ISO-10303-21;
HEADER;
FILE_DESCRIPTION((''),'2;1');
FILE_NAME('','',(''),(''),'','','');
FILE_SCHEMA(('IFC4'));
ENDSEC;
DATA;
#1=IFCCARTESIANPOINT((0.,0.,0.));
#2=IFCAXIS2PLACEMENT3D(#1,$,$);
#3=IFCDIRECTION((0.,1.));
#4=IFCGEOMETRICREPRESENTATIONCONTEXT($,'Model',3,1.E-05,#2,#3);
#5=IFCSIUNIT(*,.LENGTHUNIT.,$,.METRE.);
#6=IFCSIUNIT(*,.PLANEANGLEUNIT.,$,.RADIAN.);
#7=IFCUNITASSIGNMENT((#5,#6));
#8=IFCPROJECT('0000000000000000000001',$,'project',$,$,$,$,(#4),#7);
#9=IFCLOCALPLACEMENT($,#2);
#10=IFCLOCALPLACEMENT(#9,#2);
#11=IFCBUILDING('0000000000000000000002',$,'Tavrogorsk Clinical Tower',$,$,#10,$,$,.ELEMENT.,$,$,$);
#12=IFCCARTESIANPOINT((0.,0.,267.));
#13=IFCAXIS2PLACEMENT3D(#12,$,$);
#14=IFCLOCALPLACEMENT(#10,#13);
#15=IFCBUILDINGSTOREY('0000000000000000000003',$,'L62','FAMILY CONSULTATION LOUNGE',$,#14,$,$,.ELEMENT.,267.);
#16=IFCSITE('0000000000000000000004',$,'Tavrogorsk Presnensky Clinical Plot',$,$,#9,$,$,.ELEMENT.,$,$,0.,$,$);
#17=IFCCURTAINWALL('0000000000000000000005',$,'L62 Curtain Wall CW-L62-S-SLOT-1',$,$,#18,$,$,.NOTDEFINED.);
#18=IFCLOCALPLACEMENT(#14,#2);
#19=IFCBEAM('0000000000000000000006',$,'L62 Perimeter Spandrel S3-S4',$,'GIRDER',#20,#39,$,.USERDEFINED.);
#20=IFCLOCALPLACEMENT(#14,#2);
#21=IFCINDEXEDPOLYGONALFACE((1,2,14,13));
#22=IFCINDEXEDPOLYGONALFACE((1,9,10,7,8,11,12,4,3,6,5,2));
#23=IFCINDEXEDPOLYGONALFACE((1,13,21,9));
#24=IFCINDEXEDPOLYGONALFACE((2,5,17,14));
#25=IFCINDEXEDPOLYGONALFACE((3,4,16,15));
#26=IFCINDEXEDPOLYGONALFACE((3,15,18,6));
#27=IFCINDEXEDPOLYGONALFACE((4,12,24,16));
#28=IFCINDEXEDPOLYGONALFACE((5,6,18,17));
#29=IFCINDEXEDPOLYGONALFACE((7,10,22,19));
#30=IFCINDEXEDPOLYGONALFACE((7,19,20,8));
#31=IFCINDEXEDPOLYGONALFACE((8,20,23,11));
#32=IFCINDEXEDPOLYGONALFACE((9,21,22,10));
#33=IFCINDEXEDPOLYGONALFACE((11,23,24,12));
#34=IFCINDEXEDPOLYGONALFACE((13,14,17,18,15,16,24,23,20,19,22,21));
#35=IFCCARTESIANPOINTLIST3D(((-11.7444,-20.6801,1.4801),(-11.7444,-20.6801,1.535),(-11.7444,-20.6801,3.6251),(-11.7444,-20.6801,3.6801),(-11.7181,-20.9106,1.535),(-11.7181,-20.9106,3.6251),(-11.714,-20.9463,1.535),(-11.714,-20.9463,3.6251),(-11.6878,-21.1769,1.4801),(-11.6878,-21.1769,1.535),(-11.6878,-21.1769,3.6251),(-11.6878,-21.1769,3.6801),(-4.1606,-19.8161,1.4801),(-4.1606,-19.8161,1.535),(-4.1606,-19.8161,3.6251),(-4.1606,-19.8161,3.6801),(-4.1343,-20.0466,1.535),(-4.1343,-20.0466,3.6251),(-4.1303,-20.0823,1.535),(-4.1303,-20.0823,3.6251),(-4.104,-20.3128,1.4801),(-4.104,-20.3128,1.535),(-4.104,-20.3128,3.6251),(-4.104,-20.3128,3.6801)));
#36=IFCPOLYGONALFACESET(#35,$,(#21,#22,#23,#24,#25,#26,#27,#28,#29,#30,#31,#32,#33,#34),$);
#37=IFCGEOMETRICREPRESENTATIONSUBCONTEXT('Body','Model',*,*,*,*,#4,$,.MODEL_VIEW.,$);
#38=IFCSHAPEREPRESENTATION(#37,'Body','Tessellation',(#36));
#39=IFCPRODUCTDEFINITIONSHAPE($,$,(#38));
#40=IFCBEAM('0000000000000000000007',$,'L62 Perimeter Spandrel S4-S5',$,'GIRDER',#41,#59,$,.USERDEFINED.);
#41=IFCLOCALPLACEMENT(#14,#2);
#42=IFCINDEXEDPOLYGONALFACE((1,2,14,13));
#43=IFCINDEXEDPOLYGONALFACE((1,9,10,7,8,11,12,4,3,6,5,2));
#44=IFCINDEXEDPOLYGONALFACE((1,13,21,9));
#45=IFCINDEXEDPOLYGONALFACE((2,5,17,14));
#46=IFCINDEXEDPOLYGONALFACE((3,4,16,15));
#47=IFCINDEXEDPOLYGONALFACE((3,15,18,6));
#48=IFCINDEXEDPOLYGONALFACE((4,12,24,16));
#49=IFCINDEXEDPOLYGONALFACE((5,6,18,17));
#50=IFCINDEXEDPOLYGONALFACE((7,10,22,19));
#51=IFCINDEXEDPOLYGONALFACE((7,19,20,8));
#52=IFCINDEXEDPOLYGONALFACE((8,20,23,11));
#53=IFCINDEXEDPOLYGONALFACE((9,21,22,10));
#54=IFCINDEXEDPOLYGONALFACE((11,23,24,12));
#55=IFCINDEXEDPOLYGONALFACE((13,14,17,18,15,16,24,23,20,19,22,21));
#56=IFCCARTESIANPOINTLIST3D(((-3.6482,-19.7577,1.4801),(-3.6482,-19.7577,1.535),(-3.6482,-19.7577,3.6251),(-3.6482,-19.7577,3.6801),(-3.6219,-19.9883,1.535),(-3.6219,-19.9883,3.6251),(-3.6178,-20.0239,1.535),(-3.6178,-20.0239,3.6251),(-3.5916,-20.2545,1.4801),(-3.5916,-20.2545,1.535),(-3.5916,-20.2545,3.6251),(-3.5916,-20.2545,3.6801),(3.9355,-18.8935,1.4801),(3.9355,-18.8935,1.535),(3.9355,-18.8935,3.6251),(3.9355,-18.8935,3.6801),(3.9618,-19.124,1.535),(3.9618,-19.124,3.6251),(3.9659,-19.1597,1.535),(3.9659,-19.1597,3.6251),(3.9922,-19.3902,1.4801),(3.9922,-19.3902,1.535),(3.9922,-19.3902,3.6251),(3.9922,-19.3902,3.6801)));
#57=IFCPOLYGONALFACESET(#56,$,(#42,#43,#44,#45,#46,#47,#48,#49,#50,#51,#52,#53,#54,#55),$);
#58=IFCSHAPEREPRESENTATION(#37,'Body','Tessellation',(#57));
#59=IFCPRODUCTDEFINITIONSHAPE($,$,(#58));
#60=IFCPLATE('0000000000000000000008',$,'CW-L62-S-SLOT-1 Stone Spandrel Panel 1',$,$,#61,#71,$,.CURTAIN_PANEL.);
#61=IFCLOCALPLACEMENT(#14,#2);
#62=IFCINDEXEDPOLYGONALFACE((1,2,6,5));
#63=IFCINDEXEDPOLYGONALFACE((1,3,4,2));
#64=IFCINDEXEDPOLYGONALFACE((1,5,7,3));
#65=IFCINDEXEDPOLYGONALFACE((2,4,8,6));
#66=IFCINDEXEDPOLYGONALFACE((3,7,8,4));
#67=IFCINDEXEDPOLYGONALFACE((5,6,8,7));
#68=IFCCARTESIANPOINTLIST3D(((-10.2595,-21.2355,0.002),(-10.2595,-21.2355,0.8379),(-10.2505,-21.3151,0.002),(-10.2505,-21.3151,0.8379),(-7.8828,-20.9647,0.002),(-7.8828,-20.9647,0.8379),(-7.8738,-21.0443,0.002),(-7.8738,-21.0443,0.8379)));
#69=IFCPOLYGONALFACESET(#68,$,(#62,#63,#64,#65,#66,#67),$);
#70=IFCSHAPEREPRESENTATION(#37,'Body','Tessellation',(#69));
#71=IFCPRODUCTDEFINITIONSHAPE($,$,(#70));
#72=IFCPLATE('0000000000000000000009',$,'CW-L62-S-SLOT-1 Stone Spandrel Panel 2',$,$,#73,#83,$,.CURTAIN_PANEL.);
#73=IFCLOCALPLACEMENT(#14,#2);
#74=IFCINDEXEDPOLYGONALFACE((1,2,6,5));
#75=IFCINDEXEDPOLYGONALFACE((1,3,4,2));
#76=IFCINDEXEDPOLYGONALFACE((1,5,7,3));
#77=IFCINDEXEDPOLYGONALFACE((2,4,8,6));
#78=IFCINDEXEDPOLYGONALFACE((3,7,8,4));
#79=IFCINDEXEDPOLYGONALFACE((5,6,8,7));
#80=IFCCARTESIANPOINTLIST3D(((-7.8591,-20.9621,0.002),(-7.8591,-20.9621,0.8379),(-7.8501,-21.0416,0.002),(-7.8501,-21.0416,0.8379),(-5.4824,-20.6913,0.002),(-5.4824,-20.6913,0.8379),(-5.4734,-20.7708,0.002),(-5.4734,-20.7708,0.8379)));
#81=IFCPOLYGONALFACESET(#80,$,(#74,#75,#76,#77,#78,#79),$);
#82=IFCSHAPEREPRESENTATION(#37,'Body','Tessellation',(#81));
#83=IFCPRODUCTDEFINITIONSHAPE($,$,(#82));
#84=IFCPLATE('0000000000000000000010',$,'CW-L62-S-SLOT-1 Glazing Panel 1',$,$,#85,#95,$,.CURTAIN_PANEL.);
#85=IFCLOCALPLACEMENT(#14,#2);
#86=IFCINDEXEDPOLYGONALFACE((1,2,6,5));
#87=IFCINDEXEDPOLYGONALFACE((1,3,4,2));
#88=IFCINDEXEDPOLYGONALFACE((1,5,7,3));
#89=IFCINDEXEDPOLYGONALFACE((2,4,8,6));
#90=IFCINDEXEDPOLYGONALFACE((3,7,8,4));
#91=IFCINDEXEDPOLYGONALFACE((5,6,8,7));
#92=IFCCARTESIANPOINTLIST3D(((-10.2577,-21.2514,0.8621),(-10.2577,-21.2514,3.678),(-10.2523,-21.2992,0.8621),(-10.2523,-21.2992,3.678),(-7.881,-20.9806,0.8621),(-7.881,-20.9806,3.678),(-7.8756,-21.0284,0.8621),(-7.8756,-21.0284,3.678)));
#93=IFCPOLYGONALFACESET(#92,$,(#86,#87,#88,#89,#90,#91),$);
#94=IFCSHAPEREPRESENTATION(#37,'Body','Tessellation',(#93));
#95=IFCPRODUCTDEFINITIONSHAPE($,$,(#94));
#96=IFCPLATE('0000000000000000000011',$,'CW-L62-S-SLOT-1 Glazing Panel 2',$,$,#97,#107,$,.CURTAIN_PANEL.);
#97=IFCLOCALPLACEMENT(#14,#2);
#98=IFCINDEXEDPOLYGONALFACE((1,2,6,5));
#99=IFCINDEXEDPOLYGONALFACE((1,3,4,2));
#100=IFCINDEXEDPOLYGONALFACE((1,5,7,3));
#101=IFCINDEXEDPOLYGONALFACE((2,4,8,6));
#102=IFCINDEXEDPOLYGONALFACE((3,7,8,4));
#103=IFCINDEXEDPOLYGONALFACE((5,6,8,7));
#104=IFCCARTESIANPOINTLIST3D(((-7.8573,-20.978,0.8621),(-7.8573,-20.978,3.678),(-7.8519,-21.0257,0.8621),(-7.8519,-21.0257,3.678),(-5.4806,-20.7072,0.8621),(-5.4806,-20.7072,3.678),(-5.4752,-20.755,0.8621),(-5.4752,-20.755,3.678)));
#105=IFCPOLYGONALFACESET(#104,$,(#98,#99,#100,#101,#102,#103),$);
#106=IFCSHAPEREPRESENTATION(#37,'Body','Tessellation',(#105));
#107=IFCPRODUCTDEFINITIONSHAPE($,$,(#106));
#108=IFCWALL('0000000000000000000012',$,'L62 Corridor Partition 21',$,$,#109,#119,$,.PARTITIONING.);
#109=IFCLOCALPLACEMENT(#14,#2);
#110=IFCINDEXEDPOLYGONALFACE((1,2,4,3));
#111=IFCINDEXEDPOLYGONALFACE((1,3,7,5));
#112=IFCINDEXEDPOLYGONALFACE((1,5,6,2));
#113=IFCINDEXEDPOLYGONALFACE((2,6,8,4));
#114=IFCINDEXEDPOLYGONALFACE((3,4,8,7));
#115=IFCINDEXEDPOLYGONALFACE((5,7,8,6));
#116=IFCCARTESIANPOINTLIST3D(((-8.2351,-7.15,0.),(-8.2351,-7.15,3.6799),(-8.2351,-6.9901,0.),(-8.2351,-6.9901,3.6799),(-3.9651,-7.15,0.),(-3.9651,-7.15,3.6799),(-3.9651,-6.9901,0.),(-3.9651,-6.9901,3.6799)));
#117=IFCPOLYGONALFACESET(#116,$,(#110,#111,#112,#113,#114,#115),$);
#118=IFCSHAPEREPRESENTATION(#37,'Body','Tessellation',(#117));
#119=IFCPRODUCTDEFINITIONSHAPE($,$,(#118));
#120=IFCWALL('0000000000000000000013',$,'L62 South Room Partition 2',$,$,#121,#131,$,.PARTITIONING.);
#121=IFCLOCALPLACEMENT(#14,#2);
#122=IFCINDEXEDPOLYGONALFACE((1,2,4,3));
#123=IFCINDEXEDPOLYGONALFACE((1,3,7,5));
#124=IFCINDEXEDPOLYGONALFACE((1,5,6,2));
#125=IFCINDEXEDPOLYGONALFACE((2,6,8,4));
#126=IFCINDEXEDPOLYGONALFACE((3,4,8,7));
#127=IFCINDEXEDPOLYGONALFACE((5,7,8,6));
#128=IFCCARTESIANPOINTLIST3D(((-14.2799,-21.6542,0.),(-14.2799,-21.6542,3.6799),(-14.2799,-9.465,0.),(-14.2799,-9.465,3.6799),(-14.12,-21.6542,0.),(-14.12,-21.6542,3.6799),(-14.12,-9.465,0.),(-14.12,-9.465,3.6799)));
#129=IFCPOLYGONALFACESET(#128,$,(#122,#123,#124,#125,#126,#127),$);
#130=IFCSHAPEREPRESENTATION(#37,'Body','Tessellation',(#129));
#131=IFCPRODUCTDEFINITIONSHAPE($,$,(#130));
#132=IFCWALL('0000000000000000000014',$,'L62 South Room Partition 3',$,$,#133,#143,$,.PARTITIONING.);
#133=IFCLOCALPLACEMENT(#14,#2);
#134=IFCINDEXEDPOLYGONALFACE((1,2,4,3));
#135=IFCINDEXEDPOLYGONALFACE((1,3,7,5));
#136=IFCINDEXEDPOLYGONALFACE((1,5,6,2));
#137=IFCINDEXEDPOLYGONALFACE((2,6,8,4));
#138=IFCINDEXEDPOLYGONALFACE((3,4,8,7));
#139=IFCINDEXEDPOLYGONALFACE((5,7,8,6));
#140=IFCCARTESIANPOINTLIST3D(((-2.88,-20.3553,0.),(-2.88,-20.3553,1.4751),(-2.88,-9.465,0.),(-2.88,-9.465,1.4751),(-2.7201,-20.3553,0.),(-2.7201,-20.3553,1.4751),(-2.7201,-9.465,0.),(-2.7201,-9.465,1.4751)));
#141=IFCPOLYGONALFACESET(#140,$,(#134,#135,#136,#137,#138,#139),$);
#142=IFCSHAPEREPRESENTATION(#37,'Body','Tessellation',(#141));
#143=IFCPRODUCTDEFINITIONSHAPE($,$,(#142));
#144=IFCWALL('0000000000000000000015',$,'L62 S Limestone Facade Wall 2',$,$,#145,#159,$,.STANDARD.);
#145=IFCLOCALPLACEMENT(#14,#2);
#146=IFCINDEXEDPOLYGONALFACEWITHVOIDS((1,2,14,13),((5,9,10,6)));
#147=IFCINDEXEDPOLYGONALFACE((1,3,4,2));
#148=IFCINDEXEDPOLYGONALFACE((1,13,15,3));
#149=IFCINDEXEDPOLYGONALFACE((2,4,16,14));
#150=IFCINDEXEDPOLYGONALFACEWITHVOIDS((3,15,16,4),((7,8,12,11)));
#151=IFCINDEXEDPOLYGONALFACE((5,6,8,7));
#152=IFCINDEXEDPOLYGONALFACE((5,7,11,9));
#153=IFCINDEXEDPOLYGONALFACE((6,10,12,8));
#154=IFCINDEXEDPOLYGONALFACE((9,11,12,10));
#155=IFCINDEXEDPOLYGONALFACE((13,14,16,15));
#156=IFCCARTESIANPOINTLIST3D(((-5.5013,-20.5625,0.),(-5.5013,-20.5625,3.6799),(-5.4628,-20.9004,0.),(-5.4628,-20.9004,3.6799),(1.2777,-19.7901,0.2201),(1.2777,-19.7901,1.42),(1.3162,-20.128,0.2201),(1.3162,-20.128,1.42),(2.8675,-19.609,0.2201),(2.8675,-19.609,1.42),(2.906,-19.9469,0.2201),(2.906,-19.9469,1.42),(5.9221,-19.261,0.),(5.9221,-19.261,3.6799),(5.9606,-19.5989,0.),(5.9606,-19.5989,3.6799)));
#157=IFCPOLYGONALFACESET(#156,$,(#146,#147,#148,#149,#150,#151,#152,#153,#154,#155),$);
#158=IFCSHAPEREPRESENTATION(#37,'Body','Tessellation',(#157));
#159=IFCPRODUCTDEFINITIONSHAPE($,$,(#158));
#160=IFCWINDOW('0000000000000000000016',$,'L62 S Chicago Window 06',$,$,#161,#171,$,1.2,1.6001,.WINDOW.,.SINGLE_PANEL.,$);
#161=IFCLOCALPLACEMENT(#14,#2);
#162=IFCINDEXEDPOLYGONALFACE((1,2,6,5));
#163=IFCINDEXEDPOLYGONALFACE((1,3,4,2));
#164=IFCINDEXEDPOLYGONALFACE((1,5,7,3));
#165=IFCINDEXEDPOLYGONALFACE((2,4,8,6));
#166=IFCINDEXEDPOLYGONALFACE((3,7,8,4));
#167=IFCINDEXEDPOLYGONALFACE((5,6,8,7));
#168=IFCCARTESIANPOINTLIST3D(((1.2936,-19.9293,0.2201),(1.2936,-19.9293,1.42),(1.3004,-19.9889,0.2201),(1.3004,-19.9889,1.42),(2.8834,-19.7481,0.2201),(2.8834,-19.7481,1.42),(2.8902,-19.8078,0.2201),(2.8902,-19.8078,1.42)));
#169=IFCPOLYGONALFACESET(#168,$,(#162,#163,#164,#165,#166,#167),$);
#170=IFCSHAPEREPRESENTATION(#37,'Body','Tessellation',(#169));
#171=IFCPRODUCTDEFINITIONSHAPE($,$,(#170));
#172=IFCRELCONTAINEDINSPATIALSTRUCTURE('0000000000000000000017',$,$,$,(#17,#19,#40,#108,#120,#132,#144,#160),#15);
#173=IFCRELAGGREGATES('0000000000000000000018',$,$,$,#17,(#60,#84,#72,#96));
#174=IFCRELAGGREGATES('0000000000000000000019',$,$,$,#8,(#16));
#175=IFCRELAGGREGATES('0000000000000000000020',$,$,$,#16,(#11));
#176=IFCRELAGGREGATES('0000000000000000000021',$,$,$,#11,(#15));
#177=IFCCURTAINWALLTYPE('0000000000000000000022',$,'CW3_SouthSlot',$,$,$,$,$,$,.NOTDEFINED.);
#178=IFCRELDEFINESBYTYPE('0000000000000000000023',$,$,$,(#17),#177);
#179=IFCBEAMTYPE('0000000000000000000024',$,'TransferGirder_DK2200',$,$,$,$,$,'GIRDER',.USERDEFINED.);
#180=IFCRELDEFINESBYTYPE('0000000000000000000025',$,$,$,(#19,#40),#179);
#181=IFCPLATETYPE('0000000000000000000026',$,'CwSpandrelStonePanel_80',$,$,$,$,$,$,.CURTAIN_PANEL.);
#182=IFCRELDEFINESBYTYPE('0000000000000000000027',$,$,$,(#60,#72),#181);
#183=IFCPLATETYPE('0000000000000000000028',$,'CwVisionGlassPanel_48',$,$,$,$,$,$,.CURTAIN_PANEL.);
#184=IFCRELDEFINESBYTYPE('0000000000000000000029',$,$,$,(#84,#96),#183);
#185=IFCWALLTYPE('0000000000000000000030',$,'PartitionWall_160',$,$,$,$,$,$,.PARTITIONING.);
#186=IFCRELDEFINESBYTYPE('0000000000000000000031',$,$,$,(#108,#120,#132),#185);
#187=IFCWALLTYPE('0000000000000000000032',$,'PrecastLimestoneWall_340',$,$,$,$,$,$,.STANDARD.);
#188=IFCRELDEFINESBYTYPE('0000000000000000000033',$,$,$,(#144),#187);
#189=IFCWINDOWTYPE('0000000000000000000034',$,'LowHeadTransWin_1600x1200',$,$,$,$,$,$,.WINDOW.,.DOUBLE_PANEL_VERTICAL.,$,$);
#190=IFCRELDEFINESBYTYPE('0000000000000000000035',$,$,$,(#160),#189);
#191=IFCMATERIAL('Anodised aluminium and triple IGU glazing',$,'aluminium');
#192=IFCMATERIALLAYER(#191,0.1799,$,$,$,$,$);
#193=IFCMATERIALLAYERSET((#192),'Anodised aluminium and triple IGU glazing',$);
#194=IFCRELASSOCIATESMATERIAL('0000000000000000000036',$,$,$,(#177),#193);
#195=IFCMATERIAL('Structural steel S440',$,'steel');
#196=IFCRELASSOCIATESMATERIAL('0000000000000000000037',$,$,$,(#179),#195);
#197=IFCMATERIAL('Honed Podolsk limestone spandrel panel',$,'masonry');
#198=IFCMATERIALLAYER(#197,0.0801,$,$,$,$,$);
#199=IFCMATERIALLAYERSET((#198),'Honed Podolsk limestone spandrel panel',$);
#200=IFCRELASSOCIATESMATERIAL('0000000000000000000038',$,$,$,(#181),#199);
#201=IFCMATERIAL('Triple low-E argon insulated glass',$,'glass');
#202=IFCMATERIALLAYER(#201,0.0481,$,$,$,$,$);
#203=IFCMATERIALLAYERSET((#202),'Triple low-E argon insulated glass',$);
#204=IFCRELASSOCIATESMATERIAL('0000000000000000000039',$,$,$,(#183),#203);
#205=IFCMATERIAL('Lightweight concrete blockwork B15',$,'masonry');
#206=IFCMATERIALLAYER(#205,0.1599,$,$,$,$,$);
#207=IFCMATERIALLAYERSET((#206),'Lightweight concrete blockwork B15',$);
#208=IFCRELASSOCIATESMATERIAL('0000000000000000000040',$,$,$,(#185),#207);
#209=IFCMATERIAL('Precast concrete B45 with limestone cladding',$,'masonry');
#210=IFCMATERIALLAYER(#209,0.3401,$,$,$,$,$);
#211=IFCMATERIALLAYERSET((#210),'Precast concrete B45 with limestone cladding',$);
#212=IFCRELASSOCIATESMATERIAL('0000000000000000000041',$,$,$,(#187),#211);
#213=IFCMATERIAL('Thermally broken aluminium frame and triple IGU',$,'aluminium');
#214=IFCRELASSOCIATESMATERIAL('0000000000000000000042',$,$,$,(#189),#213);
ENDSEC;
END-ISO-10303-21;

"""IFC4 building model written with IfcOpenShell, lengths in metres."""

from ifc_helpers import new_model, si_unit, direction, frame, frame_2d, origin, origin_2d, place, context, subcontext, project, spatial, rectangle, i_section, extrude, material, layer, layer_set, material_profile, profile_set, type_object, element, fill, aggregate, save


model = new_model("IFC4")

# Units and contexts
model_context = context("Model", 3, precision=1e-05, world=origin(), true_north=direction((0.0, 1.0)))
body_context = subcontext(model_context, "Body", "Model", "MODEL_VIEW")
ifc_project = project(units=[si_unit("LENGTHUNIT", "METRE"), si_unit("PLANEANGLEUNIT", "RADIAN")], contexts=[model_context])

# Site, building, storey
site_placement = place(None, origin())
site = spatial("IfcSite", under=ifc_project, at=site_placement, Name="Tavrogorsk Presnensky Clinical Plot", CompositionType="ELEMENT", RefElevation=0.0)
building_placement = place(site_placement, origin())
building = spatial("IfcBuilding", under=site, at=building_placement, Name="Tavrogorsk Clinical Tower", CompositionType="ELEMENT")
storey_placement = place(building_placement, frame((0.0, 0.0, 267.0)))
storey = spatial("IfcBuildingStorey", under=building, at=storey_placement, Name="L62", Description="FAMILY CONSULTATION LOUNGE", CompositionType="ELEMENT", Elevation=267.0)

# Curtain wall
ifc_material_1 = material(Name="Anodised aluminium and triple IGU glazing", Category="aluminium")
ifc_layer_1 = layer(ifc_material_1, 0.1799)
ifc_layer_set_1 = layer_set([ifc_layer_1], Name="Anodised aluminium and triple IGU glazing")
curtain_wall_type = type_object("IfcCurtainWallType", Name="CW3_SouthSlot", PredefinedType="NOTDEFINED", material=ifc_layer_set_1)
curtain_wall_placement = place(storey_placement, origin())
curtain_wall = element("IfcCurtainWall", 1, at=curtain_wall_placement, inside=storey, type_object=curtain_wall_type, Name="L62 Curtain Wall CW-L62-S-SLOT-1", PredefinedType="NOTDEFINED")

# Beams
ifc_material_2 = material(Name="Structural steel S440", Category="steel")
ifc_material_profile_1 = material_profile(ifc_material_2, i_section(OverallWidth=0.5, OverallDepth=2.2, WebThickness=0.0359, FlangeThickness=0.0549, at=origin_2d()), Name="DK-2200x500x36x55")
ifc_profile_set_1 = profile_set([ifc_material_profile_1], Name="Structural steel S440")
beam_type_1 = type_object("IfcBeamType", Name="TransferGirder_DK2200", ElementType="GIRDER", PredefinedType="USERDEFINED", material=ifc_profile_set_1)
for number, where, z_axis, x_axis, name in (
    (2, (-11.7161, -20.9285, 2.5801), (0.993573, 0.113197, 0.0), (-0.113197, 0.993573, 0.0), "L62 Perimeter Spandrel S3-S4"),
    (3, (-3.6199, -20.0061, 2.5801), (0.993569, 0.113229, 0.0), (-0.113229, 0.993569, 0.0), "L62 Perimeter Spandrel S4-S5"),
):
    element("IfcBeam", number, at=place(storey_placement, frame(where, z_axis=z_axis, x_axis=x_axis)), inside=storey, type_object=beam_type_1, Name=name, ObjectType="GIRDER", PredefinedType="USERDEFINED", context=body_context, shape_type="SweptSolid", body=[
        extrude(i_section(OverallWidth=0.5, OverallDepth=2.2, WebThickness=0.0359, FlangeThickness=0.0549, at=origin_2d()), origin(), (0.0, 0.0, 1.0), 7.6328),
    ])

# Plates
ifc_material_3 = material(Name="Honed Podolsk limestone spandrel panel", Category="masonry")
ifc_layer_2 = layer(ifc_material_3, 0.0801)
ifc_layer_set_2 = layer_set([ifc_layer_2], Name="Honed Podolsk limestone spandrel panel")
plate_type_1 = type_object("IfcPlateType", Name="CwSpandrelStonePanel_80", PredefinedType="CURTAIN_PANEL", material=ifc_layer_set_2)
plate_1_placement = place(storey_placement, frame((-9.0667, -21.1399, 0.002), z_axis=(0.0, 0.0, 1.0), x_axis=(0.993572, 0.113203, 0.0)))
plate_1 = element("IfcPlate", 4, at=plate_1_placement, type_object=plate_type_1, Name="CW-L62-S-SLOT-1 Stone Spandrel Panel 1", PredefinedType="CURTAIN_PANEL", context=body_context, shape_type="SweptSolid", body=[
    extrude(rectangle(XDim=2.3921, YDim=0.0801, at=origin_2d()), origin(), (0.0, 0.0, 1.0), 0.8359),
])
plate_2_placement = place(storey_placement, frame((-6.6663, -20.8665, 0.002), z_axis=(0.0, 0.0, 1.0), x_axis=(0.993572, 0.113203, 0.0)))
plate_2 = element("IfcPlate", 5, at=plate_2_placement, type_object=plate_type_1, Name="CW-L62-S-SLOT-1 Stone Spandrel Panel 2", PredefinedType="CURTAIN_PANEL", context=body_context, shape_type="SweptSolid", body=[
    extrude(rectangle(XDim=2.3921, YDim=0.0801, at=origin_2d()), origin(), (0.0, 0.0, 1.0), 0.8359),
])
ifc_material_4 = material(Name="Triple low-E argon insulated glass", Category="glass")
ifc_layer_3 = layer(ifc_material_4, 0.0481)
ifc_layer_set_3 = layer_set([ifc_layer_3], Name="Triple low-E argon insulated glass")
plate_type_2 = type_object("IfcPlateType", Name="CwVisionGlassPanel_48", PredefinedType="CURTAIN_PANEL", material=ifc_layer_set_3)
plate_3_placement = place(storey_placement, frame((-9.0667, -21.1399, 0.8621), z_axis=(0.0, 0.0, 1.0), x_axis=(0.993572, 0.113203, 0.0)))
plate_3 = element("IfcPlate", 6, at=plate_3_placement, type_object=plate_type_2, Name="CW-L62-S-SLOT-1 Glazing Panel 1", PredefinedType="CURTAIN_PANEL", context=body_context, shape_type="SweptSolid", body=[
    extrude(rectangle(XDim=2.3921, YDim=0.0481, at=origin_2d()), origin(), (0.0, 0.0, 1.0), 2.8159),
])
plate_4_placement = place(storey_placement, frame((-6.6663, -20.8665, 0.8621), z_axis=(0.0, 0.0, 1.0), x_axis=(0.993572, 0.113203, 0.0)))
plate_4 = element("IfcPlate", 7, at=plate_4_placement, type_object=plate_type_2, Name="CW-L62-S-SLOT-1 Glazing Panel 2", PredefinedType="CURTAIN_PANEL", context=body_context, shape_type="SweptSolid", body=[
    extrude(rectangle(XDim=2.3921, YDim=0.0481, at=origin_2d()), origin(), (0.0, 0.0, 1.0), 2.8159),
])
aggregate(curtain_wall, [plate_1, plate_3, plate_2, plate_4])

# Walls
ifc_material_5 = material(Name="Lightweight concrete blockwork B15", Category="masonry")
ifc_layer_4 = layer(ifc_material_5, 0.1599)
ifc_layer_set_4 = layer_set([ifc_layer_4], Name="Lightweight concrete blockwork B15")
wall_type_1 = type_object("IfcWallType", Name="PartitionWall_160", PredefinedType="PARTITIONING", material=ifc_layer_set_4)
wall_1_placement = place(storey_placement, frame((-8.2351, -7.0701, 0.0), z_axis=(0.0, 0.0, 1.0), x_axis=(1.0, 0.0, 0.0)))
element("IfcWall", 8, at=wall_1_placement, inside=storey, type_object=wall_type_1, Name="L62 Corridor Partition 21", PredefinedType="PARTITIONING", context=body_context, shape_type="SweptSolid", body=[
    extrude(rectangle(XDim=4.27, YDim=0.1599, at=frame_2d((2.135, 0.0))), origin(), (0.0, 0.0, 1.0), 3.6799),
])
wall_2_placement = place(storey_placement, frame((-14.2, -21.6543, 0.0), z_axis=(0.0, 0.0, 1.0), x_axis=(0.0, 1.0, 0.0)))
element("IfcWall", 9, at=wall_2_placement, inside=storey, type_object=wall_type_1, Name="L62 South Room Partition 2", PredefinedType="PARTITIONING", context=body_context, shape_type="SweptSolid", body=[
    extrude(rectangle(XDim=12.1892, YDim=0.1599, at=frame_2d((6.0947, 0.0))), origin(), (0.0, 0.0, 1.0), 3.6799),
])
wall_3_placement = place(storey_placement, frame((-2.8, -20.3555, 0.0), z_axis=(0.0, 0.0, 1.0), x_axis=(0.0, 1.0, 0.0)))
element("IfcWall", 10, at=wall_3_placement, inside=storey, type_object=wall_type_1, Name="L62 South Room Partition 3", PredefinedType="PARTITIONING", context=body_context, shape_type="SweptSolid", body=[
    extrude(rectangle(XDim=10.8904, YDim=0.1599, at=frame_2d((5.4453, 0.0))), origin(), (0.0, 0.0, 1.0), 1.4751),
])

# Wall, opening, window
ifc_material_6 = material(Name="Precast concrete B45 with limestone cladding", Category="masonry")
ifc_layer_5 = layer(ifc_material_6, 0.3401)
ifc_layer_set_5 = layer_set([ifc_layer_5], Name="Precast concrete B45 with limestone cladding")
wall_type_2 = type_object("IfcWallType", Name="PrecastLimestoneWall_340", PredefinedType="STANDARD", material=ifc_layer_set_5)
wall_4_placement = place(storey_placement, frame((-5.4819, -20.7314, 0.0), z_axis=(0.0, 0.0, 1.0), x_axis=(0.993572, 0.113202, 0.0)))
wall_4 = element("IfcWall", 11, at=wall_4_placement, inside=storey, type_object=wall_type_2, Name="L62 S Limestone Facade Wall 2", PredefinedType="STANDARD", context=body_context, shape_type="SweptSolid", body=[
    extrude(rectangle(XDim=11.4973, YDim=0.3401, at=frame_2d((5.7485, 0.0))), origin(), (0.0, 0.0, 1.0), 3.6799),
])
opening_placement = place(wall_4_placement, frame((6.8228, 0.0, 0.22)))
opening = element("IfcOpeningElement", 12, at=opening_placement, cuts=wall_4, PredefinedType="OPENING", context=body_context, shape_type="SweptSolid", body=[
    extrude(rectangle(XDim=1.6001, YDim=1.2, at=frame_2d((0.8, 0.6001))), frame((0.0, 0.1799, 0.0), z_axis=(0.0, -1.0, 0.0), x_axis=(1.0, 0.0, 0.0)), (0.0, 0.0, 1.0), 0.3601),
])
ifc_material_7 = material(Name="Thermally broken aluminium frame and triple IGU", Category="aluminium")
window_type = type_object("IfcWindowType", Name="LowHeadTransWin_1600x1200", PartitioningType="DOUBLE_PANEL_VERTICAL", PredefinedType="WINDOW", material=ifc_material_7)
window_placement = place(opening_placement, origin())
window = element("IfcWindow", 13, at=window_placement, inside=storey, type_object=window_type, Name="L62 S Chicago Window 06", OverallHeight=1.2, OverallWidth=1.6001, PartitioningType="SINGLE_PANEL", PredefinedType="WINDOW", context=body_context, shape_type="SweptSolid", body=[
    extrude(rectangle(XDim=1.6001, YDim=1.2, at=frame_2d((0.8, 0.6001))), frame((0.0, 0.03, 0.0), z_axis=(0.0, -1.0, 0.0), x_axis=(1.0, 0.0, 0.0)), (0.0, 0.0, 1.0), 0.0601),
])
fill(opening, window)

save(model, "model.ifc")
